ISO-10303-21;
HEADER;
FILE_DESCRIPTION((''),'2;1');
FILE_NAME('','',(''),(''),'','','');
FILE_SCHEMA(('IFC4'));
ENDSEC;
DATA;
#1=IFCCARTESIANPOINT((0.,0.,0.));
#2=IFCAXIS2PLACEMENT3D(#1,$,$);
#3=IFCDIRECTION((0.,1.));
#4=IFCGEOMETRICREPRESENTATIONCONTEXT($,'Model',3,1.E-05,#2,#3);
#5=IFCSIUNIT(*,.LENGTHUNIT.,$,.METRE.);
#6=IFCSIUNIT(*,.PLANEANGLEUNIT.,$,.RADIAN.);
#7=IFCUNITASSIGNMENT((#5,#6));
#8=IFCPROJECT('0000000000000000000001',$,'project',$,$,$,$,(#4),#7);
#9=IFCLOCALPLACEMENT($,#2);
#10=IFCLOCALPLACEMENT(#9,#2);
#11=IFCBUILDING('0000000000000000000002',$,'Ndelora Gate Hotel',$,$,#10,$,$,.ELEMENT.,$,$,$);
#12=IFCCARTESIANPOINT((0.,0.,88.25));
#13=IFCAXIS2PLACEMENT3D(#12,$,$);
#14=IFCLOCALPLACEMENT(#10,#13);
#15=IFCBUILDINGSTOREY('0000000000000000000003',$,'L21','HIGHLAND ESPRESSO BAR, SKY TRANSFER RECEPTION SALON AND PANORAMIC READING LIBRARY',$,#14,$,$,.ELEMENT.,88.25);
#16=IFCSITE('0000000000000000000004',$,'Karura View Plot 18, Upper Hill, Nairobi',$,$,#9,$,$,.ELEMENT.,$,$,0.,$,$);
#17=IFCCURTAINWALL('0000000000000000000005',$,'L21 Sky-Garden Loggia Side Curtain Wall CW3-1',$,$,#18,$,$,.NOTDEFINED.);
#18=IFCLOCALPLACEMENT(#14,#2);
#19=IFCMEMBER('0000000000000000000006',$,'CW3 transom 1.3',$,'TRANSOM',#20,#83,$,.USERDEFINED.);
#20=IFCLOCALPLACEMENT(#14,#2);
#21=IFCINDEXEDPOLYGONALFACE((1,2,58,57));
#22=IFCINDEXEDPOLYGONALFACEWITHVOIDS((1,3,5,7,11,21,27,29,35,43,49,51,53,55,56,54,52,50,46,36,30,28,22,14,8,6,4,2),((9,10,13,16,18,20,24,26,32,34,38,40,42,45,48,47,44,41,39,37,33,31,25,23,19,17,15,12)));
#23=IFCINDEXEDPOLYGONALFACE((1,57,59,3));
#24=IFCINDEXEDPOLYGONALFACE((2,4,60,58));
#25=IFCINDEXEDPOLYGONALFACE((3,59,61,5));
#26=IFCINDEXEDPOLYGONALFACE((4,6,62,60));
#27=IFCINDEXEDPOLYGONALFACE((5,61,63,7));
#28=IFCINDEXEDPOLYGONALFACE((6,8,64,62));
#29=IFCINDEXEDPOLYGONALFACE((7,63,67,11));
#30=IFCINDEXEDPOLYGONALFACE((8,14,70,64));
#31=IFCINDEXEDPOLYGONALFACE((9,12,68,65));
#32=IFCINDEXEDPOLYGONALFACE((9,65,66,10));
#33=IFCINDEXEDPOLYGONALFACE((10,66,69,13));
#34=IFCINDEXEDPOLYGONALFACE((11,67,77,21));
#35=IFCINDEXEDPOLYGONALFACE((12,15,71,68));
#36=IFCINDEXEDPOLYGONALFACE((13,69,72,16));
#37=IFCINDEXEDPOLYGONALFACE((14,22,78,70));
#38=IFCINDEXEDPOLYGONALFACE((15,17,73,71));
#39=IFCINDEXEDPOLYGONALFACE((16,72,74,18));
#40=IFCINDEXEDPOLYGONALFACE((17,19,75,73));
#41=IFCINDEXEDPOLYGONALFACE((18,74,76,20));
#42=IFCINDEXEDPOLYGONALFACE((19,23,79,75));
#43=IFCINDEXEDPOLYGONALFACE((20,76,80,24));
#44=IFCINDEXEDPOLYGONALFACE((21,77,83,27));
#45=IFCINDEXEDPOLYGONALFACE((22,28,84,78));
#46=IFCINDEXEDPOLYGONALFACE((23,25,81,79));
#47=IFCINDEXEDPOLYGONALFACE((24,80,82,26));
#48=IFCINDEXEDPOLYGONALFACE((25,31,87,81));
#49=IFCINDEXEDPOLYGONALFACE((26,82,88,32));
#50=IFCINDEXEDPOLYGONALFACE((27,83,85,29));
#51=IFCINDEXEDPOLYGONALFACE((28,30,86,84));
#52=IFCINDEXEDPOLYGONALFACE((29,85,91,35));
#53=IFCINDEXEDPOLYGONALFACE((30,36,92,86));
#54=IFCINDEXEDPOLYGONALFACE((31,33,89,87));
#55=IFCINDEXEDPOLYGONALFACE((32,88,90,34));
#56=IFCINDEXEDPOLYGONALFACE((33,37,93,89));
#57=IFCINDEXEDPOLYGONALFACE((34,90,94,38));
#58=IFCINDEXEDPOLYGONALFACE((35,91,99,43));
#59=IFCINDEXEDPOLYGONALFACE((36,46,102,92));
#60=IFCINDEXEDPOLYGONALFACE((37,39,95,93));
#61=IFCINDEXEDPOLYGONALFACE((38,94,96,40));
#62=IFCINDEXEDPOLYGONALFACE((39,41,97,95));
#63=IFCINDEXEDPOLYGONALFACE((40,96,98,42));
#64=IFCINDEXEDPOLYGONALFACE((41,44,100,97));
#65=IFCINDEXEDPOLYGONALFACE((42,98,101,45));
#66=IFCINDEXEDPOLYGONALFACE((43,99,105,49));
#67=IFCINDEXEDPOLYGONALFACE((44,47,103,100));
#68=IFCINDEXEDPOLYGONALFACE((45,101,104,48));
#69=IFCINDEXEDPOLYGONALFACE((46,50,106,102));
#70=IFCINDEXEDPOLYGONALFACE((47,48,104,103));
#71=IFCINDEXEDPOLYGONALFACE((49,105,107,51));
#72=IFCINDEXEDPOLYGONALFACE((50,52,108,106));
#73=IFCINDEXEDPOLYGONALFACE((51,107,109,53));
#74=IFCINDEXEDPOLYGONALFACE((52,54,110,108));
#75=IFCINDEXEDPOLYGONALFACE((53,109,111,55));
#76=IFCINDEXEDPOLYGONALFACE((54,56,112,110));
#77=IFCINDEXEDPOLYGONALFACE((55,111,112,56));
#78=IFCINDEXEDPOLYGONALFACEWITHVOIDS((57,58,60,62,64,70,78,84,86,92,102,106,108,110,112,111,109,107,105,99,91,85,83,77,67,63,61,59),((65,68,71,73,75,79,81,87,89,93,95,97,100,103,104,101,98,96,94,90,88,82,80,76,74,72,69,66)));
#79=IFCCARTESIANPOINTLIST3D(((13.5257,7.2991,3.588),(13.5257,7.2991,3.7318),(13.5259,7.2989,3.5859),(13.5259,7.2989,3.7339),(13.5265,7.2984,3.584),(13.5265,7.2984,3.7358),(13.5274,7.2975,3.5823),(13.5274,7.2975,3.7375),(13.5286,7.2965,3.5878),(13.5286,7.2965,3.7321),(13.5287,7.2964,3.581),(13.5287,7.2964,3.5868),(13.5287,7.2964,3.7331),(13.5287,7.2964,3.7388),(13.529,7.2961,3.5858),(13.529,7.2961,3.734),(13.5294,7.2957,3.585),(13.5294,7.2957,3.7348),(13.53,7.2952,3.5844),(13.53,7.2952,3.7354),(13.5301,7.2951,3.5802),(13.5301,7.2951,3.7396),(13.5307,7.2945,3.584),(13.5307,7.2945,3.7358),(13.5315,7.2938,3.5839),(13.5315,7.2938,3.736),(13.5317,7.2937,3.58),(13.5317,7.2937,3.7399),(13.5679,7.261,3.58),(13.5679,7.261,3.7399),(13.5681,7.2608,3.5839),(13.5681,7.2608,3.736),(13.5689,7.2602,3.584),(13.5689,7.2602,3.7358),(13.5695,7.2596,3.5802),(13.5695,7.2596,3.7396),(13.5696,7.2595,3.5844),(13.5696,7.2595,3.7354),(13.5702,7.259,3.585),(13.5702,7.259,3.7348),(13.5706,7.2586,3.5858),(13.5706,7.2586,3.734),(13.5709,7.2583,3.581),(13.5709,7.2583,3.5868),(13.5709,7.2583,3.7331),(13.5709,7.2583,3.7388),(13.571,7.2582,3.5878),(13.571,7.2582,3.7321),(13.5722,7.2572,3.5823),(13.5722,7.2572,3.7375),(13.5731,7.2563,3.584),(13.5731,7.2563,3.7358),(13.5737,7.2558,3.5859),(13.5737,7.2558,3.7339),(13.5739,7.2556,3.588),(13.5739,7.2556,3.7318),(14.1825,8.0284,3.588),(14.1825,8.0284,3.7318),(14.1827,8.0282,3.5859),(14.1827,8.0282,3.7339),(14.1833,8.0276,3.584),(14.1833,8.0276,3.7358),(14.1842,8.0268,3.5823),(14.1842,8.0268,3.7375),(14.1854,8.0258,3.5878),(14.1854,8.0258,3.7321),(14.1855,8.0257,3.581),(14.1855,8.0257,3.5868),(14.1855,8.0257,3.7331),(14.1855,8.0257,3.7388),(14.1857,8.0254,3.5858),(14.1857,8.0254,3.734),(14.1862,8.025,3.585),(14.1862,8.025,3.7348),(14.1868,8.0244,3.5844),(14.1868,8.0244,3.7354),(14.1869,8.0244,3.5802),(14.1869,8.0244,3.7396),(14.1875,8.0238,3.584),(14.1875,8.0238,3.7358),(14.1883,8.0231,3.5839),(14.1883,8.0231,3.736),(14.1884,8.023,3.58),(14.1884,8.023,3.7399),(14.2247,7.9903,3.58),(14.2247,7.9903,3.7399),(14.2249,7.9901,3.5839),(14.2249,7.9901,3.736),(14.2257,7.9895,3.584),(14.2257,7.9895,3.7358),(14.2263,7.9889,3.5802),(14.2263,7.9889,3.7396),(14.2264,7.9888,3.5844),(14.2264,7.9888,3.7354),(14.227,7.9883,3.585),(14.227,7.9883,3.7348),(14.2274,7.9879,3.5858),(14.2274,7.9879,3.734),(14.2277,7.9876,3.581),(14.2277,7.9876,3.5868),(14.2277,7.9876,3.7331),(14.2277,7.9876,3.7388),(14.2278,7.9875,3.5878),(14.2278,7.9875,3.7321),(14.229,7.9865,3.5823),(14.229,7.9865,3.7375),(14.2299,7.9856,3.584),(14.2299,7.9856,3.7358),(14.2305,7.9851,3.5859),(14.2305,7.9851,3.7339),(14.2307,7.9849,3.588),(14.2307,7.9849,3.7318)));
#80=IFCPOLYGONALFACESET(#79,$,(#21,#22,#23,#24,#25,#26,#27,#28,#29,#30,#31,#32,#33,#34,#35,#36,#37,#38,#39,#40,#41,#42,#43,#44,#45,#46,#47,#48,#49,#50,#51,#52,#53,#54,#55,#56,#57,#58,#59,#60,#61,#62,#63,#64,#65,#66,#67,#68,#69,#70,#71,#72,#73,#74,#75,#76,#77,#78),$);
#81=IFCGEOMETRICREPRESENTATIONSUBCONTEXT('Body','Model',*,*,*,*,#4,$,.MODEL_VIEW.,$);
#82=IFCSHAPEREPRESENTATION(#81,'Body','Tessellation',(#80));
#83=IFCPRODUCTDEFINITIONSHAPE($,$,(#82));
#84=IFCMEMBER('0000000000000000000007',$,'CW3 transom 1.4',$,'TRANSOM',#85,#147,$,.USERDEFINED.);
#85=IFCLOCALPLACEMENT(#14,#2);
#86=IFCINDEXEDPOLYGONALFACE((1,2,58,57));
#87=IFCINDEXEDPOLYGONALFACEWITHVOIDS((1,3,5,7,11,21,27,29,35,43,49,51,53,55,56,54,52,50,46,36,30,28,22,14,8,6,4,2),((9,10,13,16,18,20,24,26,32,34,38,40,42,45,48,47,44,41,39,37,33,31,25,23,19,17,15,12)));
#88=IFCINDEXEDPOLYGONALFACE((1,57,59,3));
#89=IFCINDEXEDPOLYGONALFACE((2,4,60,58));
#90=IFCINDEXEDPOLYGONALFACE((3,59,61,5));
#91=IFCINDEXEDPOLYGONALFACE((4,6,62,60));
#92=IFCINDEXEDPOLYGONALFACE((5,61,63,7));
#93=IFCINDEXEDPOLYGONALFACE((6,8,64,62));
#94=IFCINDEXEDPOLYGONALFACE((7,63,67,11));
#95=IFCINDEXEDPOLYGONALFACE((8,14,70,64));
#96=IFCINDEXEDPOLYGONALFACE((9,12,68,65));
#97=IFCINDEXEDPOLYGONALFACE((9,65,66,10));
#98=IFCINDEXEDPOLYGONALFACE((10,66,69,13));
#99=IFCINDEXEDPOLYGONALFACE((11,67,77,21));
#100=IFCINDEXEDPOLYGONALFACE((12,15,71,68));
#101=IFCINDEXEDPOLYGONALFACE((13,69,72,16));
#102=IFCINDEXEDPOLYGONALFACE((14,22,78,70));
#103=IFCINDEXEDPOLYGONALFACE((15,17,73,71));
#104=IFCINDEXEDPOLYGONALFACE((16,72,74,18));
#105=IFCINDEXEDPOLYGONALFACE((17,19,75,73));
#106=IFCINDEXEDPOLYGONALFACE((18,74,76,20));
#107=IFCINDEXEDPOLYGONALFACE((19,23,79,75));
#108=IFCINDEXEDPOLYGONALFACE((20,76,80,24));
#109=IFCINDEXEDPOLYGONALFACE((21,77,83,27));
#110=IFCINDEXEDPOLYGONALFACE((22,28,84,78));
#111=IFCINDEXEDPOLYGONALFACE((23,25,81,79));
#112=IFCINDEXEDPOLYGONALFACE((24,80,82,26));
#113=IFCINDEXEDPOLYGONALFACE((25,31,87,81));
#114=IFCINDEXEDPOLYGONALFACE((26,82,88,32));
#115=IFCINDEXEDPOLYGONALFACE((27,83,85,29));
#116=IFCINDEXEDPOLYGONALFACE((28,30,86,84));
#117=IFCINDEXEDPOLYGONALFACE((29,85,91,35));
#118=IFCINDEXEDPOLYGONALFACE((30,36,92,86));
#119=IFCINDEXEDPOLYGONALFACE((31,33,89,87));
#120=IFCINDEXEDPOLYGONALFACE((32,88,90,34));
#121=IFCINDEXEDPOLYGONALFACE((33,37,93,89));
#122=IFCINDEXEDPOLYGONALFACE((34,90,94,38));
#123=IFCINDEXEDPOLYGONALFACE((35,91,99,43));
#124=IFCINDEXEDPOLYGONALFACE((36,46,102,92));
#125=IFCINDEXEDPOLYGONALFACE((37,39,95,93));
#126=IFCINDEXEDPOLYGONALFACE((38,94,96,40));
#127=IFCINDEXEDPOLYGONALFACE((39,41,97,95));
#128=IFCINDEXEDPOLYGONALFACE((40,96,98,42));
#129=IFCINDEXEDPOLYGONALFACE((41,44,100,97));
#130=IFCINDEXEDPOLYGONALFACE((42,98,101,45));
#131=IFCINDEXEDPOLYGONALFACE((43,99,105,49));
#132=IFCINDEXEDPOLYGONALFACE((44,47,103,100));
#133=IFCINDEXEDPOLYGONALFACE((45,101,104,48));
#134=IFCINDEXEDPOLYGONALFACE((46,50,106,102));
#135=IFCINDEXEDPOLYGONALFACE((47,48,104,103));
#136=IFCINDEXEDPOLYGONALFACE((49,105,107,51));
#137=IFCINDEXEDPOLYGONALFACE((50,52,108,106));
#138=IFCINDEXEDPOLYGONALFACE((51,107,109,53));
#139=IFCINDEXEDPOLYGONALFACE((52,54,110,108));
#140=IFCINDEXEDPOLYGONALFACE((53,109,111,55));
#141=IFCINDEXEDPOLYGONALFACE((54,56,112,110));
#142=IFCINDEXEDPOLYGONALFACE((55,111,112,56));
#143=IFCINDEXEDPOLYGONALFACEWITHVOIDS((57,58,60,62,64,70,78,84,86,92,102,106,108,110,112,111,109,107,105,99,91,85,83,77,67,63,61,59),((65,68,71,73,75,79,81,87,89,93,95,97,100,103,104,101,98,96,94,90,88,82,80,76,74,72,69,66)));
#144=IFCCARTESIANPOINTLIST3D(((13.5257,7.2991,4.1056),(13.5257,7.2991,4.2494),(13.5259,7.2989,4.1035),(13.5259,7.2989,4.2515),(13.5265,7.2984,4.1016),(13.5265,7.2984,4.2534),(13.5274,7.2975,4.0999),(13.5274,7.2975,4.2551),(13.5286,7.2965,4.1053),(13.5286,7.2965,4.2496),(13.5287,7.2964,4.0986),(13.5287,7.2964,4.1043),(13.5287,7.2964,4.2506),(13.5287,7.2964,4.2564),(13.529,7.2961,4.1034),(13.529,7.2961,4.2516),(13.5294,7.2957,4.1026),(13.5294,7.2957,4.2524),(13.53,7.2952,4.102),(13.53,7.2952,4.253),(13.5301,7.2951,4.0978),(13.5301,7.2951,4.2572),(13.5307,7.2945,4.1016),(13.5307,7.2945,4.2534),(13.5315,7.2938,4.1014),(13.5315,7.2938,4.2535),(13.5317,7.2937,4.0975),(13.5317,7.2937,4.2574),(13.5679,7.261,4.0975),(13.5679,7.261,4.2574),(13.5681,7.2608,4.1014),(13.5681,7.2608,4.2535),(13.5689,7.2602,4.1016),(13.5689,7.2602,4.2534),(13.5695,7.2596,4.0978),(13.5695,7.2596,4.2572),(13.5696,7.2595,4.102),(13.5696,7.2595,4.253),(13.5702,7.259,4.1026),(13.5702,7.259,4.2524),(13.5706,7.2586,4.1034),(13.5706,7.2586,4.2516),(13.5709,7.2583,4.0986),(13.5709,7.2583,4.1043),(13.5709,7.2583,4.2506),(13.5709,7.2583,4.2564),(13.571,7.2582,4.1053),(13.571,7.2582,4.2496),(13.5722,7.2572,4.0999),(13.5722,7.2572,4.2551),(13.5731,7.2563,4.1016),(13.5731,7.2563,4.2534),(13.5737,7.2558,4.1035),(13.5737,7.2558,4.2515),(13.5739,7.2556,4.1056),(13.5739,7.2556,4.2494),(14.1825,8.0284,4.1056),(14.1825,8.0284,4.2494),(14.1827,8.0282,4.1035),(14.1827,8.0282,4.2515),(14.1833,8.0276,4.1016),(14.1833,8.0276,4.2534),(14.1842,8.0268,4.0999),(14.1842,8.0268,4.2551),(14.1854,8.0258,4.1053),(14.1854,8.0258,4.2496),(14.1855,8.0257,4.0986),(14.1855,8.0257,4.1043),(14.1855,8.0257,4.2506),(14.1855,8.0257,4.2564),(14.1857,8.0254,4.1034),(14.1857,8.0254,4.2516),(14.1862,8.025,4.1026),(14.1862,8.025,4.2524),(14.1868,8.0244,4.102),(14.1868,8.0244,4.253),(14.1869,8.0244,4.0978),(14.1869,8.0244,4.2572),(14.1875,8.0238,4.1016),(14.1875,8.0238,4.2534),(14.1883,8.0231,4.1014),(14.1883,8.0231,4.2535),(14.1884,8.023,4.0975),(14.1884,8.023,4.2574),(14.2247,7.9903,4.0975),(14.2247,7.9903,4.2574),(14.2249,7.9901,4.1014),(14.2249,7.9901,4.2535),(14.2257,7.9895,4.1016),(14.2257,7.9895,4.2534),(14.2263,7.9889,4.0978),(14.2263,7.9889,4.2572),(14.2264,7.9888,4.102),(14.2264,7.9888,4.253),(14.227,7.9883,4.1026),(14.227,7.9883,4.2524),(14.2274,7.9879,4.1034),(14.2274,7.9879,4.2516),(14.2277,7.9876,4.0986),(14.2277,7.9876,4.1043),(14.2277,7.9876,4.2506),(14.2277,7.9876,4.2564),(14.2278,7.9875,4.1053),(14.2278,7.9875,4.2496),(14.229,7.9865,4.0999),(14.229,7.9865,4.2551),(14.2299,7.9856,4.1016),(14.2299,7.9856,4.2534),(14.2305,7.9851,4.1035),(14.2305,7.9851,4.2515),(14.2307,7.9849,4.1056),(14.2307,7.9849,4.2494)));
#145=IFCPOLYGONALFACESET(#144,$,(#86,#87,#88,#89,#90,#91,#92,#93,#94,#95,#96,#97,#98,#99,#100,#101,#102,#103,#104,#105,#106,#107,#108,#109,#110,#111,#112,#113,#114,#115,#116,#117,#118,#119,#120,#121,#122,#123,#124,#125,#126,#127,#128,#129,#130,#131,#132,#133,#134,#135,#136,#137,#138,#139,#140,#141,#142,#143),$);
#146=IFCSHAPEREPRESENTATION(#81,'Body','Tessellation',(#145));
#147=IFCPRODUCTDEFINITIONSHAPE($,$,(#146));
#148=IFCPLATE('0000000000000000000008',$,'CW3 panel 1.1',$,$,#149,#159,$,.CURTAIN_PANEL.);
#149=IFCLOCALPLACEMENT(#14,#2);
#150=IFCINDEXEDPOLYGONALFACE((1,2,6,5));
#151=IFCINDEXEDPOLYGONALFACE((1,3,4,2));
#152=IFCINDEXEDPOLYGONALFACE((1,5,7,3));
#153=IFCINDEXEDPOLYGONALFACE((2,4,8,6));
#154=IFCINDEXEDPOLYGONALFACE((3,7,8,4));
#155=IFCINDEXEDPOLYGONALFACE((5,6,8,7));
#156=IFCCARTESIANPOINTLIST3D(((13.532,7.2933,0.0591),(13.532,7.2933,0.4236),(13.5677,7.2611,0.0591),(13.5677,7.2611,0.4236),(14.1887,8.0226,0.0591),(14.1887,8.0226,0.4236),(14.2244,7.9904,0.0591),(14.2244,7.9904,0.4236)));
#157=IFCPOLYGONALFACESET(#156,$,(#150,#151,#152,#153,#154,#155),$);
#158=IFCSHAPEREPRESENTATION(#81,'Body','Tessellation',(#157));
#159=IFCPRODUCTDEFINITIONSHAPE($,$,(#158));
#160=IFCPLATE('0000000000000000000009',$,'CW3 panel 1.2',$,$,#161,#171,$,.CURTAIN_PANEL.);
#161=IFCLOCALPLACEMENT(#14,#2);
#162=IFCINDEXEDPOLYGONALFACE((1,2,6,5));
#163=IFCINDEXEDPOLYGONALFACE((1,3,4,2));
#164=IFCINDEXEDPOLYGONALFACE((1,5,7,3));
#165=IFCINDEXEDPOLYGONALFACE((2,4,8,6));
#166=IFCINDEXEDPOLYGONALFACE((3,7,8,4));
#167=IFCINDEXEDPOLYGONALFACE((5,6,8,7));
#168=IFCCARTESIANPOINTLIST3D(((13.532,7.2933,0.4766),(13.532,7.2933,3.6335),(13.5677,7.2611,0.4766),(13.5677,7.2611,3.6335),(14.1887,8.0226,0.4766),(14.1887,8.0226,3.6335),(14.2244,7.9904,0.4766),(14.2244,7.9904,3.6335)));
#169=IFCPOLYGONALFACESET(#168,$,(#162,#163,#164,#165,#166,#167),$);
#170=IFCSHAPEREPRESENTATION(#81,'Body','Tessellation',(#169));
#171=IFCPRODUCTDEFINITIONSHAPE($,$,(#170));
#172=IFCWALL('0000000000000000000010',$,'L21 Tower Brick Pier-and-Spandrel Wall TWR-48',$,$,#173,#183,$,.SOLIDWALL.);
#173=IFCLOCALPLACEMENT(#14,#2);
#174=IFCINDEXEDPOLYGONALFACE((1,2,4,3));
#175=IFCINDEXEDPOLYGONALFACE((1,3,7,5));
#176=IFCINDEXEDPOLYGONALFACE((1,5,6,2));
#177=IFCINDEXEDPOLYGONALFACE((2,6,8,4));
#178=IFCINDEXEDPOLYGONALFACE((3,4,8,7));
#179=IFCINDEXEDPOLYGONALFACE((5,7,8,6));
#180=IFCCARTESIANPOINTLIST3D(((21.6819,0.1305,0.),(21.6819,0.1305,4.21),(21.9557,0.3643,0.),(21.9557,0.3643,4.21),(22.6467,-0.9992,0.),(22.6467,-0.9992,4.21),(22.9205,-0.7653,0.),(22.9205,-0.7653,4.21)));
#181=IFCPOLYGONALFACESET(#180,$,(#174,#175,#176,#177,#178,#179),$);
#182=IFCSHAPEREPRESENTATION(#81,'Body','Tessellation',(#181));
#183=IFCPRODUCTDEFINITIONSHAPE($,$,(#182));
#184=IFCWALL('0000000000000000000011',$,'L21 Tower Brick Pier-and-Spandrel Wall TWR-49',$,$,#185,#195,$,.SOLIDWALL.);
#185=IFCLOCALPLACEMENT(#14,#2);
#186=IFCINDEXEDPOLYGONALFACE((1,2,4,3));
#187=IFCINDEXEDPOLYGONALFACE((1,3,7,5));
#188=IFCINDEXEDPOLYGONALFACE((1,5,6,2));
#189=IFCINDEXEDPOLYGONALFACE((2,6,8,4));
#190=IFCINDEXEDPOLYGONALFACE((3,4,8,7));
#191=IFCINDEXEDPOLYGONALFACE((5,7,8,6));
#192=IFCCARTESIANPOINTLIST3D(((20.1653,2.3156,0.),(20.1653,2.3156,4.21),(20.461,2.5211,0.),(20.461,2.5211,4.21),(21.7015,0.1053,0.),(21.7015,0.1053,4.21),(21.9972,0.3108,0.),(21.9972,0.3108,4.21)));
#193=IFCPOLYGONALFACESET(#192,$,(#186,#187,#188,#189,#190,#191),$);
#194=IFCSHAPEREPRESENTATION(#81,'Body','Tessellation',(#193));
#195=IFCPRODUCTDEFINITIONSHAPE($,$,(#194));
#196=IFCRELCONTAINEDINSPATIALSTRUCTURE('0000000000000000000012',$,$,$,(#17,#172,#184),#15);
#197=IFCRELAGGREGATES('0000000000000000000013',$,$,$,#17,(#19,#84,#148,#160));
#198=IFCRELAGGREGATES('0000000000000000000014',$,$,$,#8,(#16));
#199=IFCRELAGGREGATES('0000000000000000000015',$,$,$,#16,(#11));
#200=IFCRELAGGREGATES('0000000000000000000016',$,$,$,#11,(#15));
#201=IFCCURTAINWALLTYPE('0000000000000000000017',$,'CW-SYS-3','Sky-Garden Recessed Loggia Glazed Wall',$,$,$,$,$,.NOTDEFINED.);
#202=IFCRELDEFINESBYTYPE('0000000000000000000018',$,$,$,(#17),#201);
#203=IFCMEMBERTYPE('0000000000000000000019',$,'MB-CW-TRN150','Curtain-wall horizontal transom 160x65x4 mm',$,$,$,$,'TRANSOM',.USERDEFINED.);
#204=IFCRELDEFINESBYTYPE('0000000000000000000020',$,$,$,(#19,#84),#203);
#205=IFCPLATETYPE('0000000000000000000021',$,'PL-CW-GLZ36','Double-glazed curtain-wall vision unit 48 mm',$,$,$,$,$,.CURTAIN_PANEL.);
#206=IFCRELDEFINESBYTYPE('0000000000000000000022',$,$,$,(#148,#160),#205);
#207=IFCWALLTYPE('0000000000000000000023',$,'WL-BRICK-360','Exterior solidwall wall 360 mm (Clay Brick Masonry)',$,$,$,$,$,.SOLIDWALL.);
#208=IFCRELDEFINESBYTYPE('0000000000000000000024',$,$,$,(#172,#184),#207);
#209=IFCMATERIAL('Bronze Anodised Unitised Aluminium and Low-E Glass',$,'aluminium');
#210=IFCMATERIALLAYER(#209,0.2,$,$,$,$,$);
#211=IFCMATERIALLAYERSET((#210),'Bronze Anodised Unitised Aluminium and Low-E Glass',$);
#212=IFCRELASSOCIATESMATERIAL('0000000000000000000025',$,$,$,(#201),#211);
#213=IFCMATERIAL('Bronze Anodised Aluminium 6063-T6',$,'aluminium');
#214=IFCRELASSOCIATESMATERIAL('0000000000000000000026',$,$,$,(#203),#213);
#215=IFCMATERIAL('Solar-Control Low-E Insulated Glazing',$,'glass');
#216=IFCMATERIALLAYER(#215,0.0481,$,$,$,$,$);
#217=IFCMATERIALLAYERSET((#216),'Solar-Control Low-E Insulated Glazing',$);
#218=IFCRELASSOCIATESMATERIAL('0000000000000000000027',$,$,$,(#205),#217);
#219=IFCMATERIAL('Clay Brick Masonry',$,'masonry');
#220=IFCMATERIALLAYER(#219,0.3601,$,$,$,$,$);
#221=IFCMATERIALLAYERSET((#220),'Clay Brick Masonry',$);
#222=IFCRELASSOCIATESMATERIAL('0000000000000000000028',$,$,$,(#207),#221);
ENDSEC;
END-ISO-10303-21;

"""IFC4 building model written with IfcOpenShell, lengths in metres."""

from ifc_helpers import new_model, si_unit, direction, frame, frame_2d, origin, origin_2d, place, context, subcontext, project, spatial, rectangle, hollow_rectangle, extrude, material, layer, layer_set, material_profile, profile_set, type_object, element, aggregate, save


model = new_model("IFC4")

# Units and contexts
model_context = context("Model", 3, precision=1e-05, world=origin(), true_north=direction((0.0, 1.0)))
body_context = subcontext(model_context, "Body", "Model", "MODEL_VIEW")
ifc_project = project(units=[si_unit("LENGTHUNIT", "METRE"), si_unit("PLANEANGLEUNIT", "RADIAN")], contexts=[model_context])

# Site, building, storey
site_placement = place(None, origin())
site = spatial("IfcSite", under=ifc_project, at=site_placement, Name="Karura View Plot 18, Upper Hill, Nairobi", CompositionType="ELEMENT", RefElevation=0.0)
building_placement = place(site_placement, origin())
building = spatial("IfcBuilding", under=site, at=building_placement, Name="Ndelora Gate Hotel", CompositionType="ELEMENT")
storey_placement = place(building_placement, frame((0.0, 0.0, 88.25)))
storey = spatial("IfcBuildingStorey", under=building, at=storey_placement, Name="L21", Description="HIGHLAND ESPRESSO BAR, SKY TRANSFER RECEPTION SALON AND PANORAMIC READING LIBRARY", CompositionType="ELEMENT", Elevation=88.25)

# Curtain wall, members, plates
ifc_material_1 = material(Name="Bronze Anodised Unitised Aluminium and Low-E Glass", Category="aluminium")
ifc_layer_1 = layer(ifc_material_1, 0.2)
ifc_layer_set_1 = layer_set([ifc_layer_1], Name="Bronze Anodised Unitised Aluminium and Low-E Glass")
curtain_wall_type = type_object("IfcCurtainWallType", Name="CW-SYS-3", Description="Sky-Garden Recessed Loggia Glazed Wall", PredefinedType="NOTDEFINED", material=ifc_layer_set_1)
curtain_wall_placement = place(storey_placement, origin())
curtain_wall = element("IfcCurtainWall", 1, at=curtain_wall_placement, inside=storey, type_object=curtain_wall_type, Name="L21 Sky-Garden Loggia Side Curtain Wall CW3-1", PredefinedType="NOTDEFINED")
ifc_material_2 = material(Name="Bronze Anodised Aluminium 6063-T6", Category="aluminium")
ifc_material_profile_1 = material_profile(ifc_material_2, hollow_rectangle(XDim=0.0649, YDim=0.1599, WallThickness=0.0039, InnerFilletRadius=0.0039, OuterFilletRadius=0.0081, at=origin_2d()), Name="ALU 160x65x4")
ifc_profile_set_1 = profile_set([ifc_material_profile_1], Name="Bronze Anodised Aluminium 6063-T6")
member_type_1 = type_object("IfcMemberType", Name="MB-CW-TRN150", Description="Curtain-wall horizontal transom 160x65x4 mm", ElementType="TRANSOM", PredefinedType="USERDEFINED", material=ifc_profile_set_1)
member_1_placement = place(storey_placement, frame((13.5498, 7.2773, 3.6599), z_axis=(0.669198, 0.743084, 0.0), x_axis=(-0.743084, 0.669198, 0.0)))
member_1 = element("IfcMember", 2, at=member_1_placement, type_object=member_type_1, Name="CW3 transom 1.3", ObjectType="TRANSOM", PredefinedType="USERDEFINED", context=body_context, shape_type="SweptSolid", body=[
    extrude(hollow_rectangle(XDim=0.0649, YDim=0.1599, WallThickness=0.0039, InnerFilletRadius=0.0039, OuterFilletRadius=0.0081, at=origin_2d()), origin(), (0.0, 0.0, 1.0), 0.9814),
])
member_2_placement = place(storey_placement, frame((13.5498, 7.2773, 4.1775), z_axis=(0.669198, 0.743084, 0.0), x_axis=(-0.743084, 0.669198, 0.0)))
member_2 = element("IfcMember", 3, at=member_2_placement, type_object=member_type_1, Name="CW3 transom 1.4", ObjectType="TRANSOM", PredefinedType="USERDEFINED", context=body_context, shape_type="SweptSolid", body=[
    extrude(hollow_rectangle(XDim=0.0649, YDim=0.1599, WallThickness=0.0039, InnerFilletRadius=0.0039, OuterFilletRadius=0.0081, at=origin_2d()), origin(), (0.0, 0.0, 1.0), 0.9814),
])
ifc_material_3 = material(Name="Solar-Control Low-E Insulated Glazing", Category="glass")
ifc_layer_2 = layer(ifc_material_3, 0.0481)
ifc_layer_set_2 = layer_set([ifc_layer_2], Name="Solar-Control Low-E Insulated Glazing")
plate_type = type_object("IfcPlateType", Name="PL-CW-GLZ36", Description="Double-glazed curtain-wall vision unit 48 mm", PredefinedType="CURTAIN_PANEL", material=ifc_layer_set_2)
plate_1_placement = place(storey_placement, frame((13.8782, 7.6418, 0.0591), z_axis=(0.0, 0.0, 1.0), x_axis=(0.669115, 0.743158, 0.0)))
plate_1 = element("IfcPlate", 4, at=plate_1_placement, type_object=plate_type, Name="CW3 panel 1.1", PredefinedType="CURTAIN_PANEL", context=body_context, shape_type="SweptSolid", body=[
    extrude(rectangle(XDim=0.9814, YDim=0.0481, at=origin_2d()), origin(), (0.0, 0.0, 1.0), 0.3645),
])
plate_2_placement = place(storey_placement, frame((13.8782, 7.6418, 0.4766), z_axis=(0.0, 0.0, 1.0), x_axis=(0.669115, 0.743158, 0.0)))
plate_2 = element("IfcPlate", 5, at=plate_2_placement, type_object=plate_type, Name="CW3 panel 1.2", PredefinedType="CURTAIN_PANEL", context=body_context, shape_type="SweptSolid", body=[
    extrude(rectangle(XDim=0.9814, YDim=0.0481, at=origin_2d()), origin(), (0.0, 0.0, 1.0), 3.157),
])
aggregate(curtain_wall, [member_1, member_2, plate_1, plate_2])

# Walls
ifc_material_4 = material(Name="Clay Brick Masonry", Category="masonry")
ifc_layer_3 = layer(ifc_material_4, 0.3601)
ifc_layer_set_3 = layer_set([ifc_layer_3], Name="Clay Brick Masonry")
wall_type_1 = type_object("IfcWallType", Name="WL-BRICK-360", Description="Exterior solidwall wall 360 mm (Clay Brick Masonry)", PredefinedType="SOLIDWALL", material=ifc_layer_set_3)
wall_1_placement = place(storey_placement, frame((21.8188, 0.2473, 0.0), z_axis=(0.0, 0.0, 1.0), x_axis=(0.649464, -0.760392, 0.0)))
element("IfcWall", 6, at=wall_1_placement, inside=storey, type_object=wall_type_1, Name="L21 Tower Brick Pier-and-Spandrel Wall TWR-48", PredefinedType="SOLIDWALL", context=body_context, shape_type="SweptSolid", body=[
    extrude(rectangle(XDim=1.4856, YDim=0.3601, at=frame_2d((0.7427, 0.0))), origin(), (0.0, 0.0, 1.0), 4.21),
])
wall_2_placement = place(storey_placement, frame((20.3132, 2.4182, 0.0), z_axis=(0.0, 0.0, 1.0), x_axis=(0.570714, -0.821149, 0.0)))
element("IfcWall", 7, at=wall_2_placement, inside=storey, type_object=wall_type_1, Name="L21 Tower Brick Pier-and-Spandrel Wall TWR-49", PredefinedType="SOLIDWALL", context=body_context, shape_type="SweptSolid", body=[
    extrude(rectangle(XDim=2.6917, YDim=0.3601, at=frame_2d((1.3457, 0.0))), origin(), (0.0, 0.0, 1.0), 4.21),
])

save(model, "model.ifc")
